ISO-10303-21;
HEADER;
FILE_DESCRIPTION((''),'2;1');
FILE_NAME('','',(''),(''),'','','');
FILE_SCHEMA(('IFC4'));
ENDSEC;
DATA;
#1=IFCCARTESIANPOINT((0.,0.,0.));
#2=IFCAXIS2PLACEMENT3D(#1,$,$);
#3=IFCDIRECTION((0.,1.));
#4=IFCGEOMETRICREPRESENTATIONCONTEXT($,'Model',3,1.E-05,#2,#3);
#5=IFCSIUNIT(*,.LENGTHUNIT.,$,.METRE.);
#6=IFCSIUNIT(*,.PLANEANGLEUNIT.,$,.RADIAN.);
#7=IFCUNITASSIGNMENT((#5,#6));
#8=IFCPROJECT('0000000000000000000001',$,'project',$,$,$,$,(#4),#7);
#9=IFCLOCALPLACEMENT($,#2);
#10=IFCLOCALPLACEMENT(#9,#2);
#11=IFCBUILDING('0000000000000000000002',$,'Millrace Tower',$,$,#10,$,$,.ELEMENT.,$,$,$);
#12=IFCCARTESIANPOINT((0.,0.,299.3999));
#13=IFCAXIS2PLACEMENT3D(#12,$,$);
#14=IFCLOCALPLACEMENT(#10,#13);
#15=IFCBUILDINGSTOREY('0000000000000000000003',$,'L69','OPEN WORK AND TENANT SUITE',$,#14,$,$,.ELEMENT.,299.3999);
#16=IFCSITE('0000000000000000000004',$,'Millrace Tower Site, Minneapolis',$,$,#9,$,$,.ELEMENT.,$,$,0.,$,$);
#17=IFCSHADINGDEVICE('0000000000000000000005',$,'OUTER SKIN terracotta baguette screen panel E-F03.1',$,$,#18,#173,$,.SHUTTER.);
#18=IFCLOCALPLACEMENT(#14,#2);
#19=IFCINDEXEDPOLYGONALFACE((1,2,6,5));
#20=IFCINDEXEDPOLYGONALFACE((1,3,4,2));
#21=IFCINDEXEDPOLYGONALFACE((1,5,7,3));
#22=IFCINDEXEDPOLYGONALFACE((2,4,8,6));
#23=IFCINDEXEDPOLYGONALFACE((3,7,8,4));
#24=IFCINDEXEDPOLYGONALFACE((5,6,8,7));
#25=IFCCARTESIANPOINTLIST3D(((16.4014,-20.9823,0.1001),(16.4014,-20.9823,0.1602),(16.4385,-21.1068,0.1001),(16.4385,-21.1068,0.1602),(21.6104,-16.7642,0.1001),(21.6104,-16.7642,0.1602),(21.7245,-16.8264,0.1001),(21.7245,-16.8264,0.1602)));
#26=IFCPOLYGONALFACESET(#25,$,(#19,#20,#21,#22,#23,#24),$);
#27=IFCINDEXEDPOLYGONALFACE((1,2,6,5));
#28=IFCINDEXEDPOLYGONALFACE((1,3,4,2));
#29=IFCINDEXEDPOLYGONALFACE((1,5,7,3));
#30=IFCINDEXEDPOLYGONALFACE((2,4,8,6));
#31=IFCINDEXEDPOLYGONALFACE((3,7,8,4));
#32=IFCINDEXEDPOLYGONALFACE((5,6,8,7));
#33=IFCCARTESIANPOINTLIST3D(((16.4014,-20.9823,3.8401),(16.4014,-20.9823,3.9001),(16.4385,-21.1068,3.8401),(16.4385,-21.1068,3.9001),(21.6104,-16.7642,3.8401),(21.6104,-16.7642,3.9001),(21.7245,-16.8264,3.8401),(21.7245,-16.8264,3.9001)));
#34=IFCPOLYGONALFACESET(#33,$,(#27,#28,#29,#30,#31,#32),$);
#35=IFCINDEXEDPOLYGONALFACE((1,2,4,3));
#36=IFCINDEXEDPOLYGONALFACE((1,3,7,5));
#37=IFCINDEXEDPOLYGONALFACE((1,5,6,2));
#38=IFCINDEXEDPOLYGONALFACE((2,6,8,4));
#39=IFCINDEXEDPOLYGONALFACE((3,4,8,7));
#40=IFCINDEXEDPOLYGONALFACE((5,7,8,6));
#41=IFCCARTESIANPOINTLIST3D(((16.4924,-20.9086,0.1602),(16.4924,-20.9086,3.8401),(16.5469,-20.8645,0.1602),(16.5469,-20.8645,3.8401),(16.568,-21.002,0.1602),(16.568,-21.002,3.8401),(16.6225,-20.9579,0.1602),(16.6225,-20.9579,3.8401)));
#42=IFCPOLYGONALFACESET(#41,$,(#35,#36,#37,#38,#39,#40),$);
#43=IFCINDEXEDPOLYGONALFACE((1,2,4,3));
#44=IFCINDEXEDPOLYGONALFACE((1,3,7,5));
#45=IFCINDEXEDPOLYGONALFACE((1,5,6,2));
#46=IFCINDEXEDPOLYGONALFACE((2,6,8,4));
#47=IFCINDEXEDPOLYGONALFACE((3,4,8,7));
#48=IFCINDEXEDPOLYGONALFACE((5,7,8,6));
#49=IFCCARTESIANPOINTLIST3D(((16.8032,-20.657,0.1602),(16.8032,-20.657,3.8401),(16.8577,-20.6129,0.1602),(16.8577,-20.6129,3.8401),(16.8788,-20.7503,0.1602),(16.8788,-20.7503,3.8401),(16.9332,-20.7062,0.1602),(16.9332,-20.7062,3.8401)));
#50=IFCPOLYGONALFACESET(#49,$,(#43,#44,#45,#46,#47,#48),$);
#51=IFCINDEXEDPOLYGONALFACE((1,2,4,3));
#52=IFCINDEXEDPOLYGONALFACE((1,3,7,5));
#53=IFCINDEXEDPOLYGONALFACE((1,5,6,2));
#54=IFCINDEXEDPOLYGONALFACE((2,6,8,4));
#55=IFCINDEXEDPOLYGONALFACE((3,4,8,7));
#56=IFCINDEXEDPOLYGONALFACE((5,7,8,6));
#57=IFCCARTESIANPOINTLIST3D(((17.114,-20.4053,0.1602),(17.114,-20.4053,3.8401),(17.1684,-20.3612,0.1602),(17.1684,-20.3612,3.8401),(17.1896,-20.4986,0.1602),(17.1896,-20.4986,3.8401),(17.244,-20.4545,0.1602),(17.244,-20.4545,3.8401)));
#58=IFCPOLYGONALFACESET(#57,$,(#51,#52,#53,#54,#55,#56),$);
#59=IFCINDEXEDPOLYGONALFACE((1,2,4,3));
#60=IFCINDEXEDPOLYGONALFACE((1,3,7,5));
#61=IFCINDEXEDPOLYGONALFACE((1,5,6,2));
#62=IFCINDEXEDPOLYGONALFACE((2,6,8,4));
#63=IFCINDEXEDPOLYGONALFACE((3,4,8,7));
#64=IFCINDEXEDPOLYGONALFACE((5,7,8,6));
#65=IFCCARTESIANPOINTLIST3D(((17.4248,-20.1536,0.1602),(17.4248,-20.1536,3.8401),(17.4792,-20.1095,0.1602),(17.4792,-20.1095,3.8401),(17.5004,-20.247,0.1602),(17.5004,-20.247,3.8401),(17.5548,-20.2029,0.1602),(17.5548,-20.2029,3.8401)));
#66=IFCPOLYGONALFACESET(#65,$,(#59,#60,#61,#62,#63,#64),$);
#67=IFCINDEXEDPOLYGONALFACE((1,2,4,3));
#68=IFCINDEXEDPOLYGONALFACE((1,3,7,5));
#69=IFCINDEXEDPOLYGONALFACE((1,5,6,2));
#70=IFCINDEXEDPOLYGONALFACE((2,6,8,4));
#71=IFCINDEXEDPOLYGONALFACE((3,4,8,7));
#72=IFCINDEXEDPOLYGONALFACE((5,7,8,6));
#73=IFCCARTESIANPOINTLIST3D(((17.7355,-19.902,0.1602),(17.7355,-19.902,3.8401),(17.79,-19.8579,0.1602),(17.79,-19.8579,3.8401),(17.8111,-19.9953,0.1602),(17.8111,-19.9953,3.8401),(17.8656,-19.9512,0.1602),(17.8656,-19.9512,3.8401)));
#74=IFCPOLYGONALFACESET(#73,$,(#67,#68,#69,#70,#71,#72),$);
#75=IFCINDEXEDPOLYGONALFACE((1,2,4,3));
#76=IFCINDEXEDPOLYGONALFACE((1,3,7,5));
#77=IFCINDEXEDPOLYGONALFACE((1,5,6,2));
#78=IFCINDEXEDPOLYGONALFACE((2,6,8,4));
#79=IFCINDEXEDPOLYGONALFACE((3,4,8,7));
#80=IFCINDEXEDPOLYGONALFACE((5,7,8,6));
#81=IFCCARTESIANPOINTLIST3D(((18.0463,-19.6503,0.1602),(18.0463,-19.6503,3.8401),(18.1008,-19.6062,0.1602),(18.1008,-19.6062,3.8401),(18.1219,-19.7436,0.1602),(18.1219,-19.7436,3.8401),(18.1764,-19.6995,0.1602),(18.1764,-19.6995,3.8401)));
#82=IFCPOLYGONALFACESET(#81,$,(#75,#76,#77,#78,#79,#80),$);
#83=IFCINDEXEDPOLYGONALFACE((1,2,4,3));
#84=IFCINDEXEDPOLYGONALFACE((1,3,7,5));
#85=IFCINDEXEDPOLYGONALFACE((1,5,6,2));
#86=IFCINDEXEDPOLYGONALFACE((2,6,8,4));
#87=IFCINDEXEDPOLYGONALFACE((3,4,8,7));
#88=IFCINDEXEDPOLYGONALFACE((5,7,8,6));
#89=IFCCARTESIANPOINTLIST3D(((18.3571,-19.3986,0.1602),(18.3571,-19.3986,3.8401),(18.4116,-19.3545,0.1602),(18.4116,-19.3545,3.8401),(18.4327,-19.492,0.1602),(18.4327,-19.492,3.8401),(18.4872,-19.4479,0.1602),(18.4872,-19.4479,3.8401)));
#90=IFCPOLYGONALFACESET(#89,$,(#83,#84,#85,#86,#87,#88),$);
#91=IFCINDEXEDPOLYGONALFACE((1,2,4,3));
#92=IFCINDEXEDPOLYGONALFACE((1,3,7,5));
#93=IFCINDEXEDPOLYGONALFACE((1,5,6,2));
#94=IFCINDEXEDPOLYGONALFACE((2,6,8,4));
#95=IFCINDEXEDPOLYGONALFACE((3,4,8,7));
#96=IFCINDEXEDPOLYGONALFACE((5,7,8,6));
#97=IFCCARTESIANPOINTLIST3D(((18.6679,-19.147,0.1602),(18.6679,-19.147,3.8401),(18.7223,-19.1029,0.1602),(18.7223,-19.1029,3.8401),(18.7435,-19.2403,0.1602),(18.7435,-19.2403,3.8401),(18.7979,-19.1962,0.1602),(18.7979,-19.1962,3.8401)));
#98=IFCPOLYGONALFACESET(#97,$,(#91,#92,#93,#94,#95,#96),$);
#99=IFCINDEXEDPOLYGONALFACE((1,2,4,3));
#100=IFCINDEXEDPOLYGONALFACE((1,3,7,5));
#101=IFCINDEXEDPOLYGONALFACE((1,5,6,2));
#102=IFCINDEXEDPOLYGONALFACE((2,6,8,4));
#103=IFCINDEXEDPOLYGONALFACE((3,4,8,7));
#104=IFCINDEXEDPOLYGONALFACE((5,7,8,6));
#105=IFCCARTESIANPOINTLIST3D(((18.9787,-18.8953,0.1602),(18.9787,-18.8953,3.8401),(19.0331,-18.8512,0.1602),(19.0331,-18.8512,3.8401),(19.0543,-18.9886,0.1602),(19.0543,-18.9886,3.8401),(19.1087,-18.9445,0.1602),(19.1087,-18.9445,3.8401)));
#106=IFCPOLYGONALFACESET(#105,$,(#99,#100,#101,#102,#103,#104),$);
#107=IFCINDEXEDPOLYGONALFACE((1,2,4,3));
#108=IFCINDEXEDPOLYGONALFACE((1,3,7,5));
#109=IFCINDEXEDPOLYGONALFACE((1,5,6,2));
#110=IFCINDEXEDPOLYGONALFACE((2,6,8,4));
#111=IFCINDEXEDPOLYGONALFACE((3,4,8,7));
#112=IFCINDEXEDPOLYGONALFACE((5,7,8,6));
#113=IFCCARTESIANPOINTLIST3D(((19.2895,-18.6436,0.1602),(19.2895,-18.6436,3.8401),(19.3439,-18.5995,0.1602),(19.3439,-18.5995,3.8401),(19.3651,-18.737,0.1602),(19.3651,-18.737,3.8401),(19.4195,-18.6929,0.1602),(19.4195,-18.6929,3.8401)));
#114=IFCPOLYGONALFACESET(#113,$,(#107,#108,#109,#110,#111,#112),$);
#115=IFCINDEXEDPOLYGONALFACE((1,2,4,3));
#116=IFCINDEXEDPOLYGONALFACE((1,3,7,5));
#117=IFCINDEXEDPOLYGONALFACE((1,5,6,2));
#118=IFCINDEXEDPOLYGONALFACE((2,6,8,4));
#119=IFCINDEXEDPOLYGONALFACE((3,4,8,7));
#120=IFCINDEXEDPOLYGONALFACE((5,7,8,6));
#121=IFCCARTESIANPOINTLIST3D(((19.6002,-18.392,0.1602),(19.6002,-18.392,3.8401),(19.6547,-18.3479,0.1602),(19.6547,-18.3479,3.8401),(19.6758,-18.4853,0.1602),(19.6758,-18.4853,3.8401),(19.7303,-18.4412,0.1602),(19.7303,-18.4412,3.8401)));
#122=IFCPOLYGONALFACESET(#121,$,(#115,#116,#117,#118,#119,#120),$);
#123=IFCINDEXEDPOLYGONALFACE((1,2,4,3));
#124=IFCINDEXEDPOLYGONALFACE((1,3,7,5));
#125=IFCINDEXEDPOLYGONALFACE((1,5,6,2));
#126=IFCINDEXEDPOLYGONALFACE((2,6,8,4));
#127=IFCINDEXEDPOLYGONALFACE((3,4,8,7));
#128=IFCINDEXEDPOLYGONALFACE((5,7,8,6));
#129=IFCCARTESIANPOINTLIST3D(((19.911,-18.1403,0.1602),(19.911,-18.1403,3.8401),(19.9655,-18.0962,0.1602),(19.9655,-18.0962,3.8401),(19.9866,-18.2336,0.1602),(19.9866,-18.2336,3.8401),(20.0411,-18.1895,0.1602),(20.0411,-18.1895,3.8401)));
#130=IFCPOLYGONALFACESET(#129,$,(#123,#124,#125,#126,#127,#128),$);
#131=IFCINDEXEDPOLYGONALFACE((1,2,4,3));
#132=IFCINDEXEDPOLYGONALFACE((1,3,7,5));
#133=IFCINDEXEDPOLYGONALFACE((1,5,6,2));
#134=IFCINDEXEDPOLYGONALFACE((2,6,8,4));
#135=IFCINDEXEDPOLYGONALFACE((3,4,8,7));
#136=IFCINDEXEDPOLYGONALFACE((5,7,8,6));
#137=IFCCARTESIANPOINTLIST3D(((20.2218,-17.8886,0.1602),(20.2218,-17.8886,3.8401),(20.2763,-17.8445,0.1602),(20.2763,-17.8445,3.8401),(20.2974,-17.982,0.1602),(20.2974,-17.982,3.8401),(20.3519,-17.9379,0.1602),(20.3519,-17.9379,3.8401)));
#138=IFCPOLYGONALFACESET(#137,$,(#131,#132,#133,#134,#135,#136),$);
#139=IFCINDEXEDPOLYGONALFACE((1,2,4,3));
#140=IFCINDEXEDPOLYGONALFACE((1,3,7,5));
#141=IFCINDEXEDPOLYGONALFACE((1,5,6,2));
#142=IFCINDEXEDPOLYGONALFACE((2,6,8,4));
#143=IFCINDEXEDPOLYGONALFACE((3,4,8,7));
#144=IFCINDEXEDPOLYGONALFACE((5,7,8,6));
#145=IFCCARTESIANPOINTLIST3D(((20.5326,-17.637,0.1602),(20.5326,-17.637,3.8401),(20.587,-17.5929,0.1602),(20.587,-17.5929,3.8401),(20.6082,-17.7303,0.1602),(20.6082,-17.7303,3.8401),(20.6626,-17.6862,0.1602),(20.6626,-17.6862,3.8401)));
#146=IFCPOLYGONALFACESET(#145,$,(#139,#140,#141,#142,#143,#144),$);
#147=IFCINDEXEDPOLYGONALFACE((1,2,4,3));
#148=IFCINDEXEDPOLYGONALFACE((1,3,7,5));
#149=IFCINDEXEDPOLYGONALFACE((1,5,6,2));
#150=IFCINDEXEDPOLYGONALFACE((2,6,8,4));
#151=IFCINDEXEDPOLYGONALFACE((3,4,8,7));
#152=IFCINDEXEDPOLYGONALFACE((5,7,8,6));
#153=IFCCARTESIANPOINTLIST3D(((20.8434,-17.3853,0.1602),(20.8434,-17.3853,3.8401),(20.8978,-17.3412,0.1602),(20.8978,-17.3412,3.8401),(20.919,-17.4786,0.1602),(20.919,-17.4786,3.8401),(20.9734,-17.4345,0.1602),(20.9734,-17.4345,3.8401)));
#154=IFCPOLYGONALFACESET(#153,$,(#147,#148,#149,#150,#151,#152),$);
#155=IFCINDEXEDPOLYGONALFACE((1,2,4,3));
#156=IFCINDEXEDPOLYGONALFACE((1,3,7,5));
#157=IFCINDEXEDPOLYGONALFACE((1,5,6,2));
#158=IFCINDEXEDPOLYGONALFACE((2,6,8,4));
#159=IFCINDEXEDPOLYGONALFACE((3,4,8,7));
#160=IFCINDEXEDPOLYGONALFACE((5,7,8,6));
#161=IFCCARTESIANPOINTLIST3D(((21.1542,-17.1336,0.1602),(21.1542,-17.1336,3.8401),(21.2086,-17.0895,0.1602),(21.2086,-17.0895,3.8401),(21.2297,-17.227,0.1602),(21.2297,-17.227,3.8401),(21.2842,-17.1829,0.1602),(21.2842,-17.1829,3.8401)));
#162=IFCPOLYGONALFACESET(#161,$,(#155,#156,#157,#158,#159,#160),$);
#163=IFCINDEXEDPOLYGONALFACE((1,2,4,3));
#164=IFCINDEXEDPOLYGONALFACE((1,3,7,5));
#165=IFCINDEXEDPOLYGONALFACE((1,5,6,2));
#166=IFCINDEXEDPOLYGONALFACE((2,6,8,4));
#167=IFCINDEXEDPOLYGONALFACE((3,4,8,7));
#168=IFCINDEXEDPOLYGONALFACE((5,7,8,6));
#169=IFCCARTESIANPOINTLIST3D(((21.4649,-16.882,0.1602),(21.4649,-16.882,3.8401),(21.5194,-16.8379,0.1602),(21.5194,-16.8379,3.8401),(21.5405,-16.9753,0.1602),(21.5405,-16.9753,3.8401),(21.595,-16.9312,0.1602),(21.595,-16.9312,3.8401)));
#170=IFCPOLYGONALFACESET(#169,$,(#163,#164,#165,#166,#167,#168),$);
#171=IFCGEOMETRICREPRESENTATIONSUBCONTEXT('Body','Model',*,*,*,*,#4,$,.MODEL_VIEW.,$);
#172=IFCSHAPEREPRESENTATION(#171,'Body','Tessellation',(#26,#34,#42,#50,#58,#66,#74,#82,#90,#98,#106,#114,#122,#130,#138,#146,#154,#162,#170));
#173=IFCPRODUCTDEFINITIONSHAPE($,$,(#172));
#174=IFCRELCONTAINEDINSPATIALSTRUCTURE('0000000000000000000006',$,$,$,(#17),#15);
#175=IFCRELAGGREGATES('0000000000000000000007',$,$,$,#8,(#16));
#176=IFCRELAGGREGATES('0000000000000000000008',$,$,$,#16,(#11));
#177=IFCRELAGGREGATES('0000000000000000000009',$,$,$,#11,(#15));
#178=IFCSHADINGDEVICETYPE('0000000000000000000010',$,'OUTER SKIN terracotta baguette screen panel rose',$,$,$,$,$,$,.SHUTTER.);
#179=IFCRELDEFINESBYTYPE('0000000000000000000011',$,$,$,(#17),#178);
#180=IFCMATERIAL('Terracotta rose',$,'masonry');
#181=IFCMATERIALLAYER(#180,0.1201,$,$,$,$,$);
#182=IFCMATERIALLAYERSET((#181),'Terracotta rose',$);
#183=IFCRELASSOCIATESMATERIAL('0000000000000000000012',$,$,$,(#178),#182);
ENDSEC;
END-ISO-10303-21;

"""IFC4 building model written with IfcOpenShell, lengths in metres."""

from ifc_helpers import new_model, entity, si_unit, direction, frame, frame_2d, origin, origin_2d, place, context, subcontext, project, spatial, rectangle, extrude, source, transform, mapped, material, layer, layer_set, type_object, element, save


model = new_model("IFC4")

# Units and contexts
model_context = context("Model", 3, precision=1e-05, world=origin(), true_north=direction((0.0, 1.0)))
body_context = subcontext(model_context, "Body", "Model", "MODEL_VIEW")
ifc_project = project(units=[si_unit("LENGTHUNIT", "METRE"), si_unit("PLANEANGLEUNIT", "RADIAN")], contexts=[model_context])

# Site, building, storey
site_placement = place(None, origin())
site = spatial("IfcSite", under=ifc_project, at=site_placement, Name="Millrace Tower Site, Minneapolis", CompositionType="ELEMENT", RefElevation=0.0)
building_placement = place(site_placement, origin())
building = spatial("IfcBuilding", under=site, at=building_placement, Name="Millrace Tower", CompositionType="ELEMENT")
storey_placement = place(building_placement, frame((0.0, 0.0, 299.3999)))
storey = spatial("IfcBuildingStorey", under=building, at=storey_placement, Name="L69", Description="OPEN WORK AND TENANT SUITE", CompositionType="ELEMENT", Elevation=299.3999)

# Shading device
ifc_material_1 = material(Name="Terracotta rose", Category="masonry")
ifc_layer_1 = layer(ifc_material_1, 0.1201)
ifc_layer_set_1 = layer_set([ifc_layer_1], Name="Terracotta rose")
shading_device_type = type_object("IfcShadingDeviceType", Name="OUTER SKIN terracotta baguette screen panel rose", PredefinedType="SHUTTER", material=ifc_layer_set_1)
cartesian_point_1 = entity("IfcCartesianPoint", [-3.3513, 0.0601])
shared_polyline_1 = entity("IfcPolyline", [cartesian_point_1, entity("IfcCartesianPoint", [3.3513, 0.0601]), entity("IfcCartesianPoint", [3.4009, -0.0601]), entity("IfcCartesianPoint", [-3.4009, -0.0601]), cartesian_point_1])
shared_shape_1 = source(origin(), body_context, "Body", "SweptSolid", [
    entity("IfcExtrudedAreaSolid", entity("IfcArbitraryClosedProfileDef", "AREA", None, shared_polyline_1), entity("IfcAxis2Placement3D", entity("IfcCartesianPoint", [0.0, 0.0, 0.0])), entity("IfcDirection", [0.0, 0.0, 1.0]), 0.0601),
    entity("IfcExtrudedAreaSolid", entity("IfcArbitraryClosedProfileDef", "AREA", None, shared_polyline_1), entity("IfcAxis2Placement3D", entity("IfcCartesianPoint", [0.0, 0.0, 3.74])), entity("IfcDirection", [0.0, 0.0, 1.0]), 0.0601),
    extrude(rectangle(XDim=0.0701, YDim=0.1201, at=frame_2d((-3.1992, 0.0))), frame((0.0, 0.0, 0.0601)), (0.0, 0.0, 1.0), 3.6799),
    extrude(rectangle(XDim=0.0701, YDim=0.1201, at=frame_2d((-2.7993, 0.0))), frame((0.0, 0.0, 0.0601)), (0.0, 0.0, 1.0), 3.6799),
    extrude(rectangle(XDim=0.0701, YDim=0.1201, at=frame_2d((-2.3994, 0.0))), frame((0.0, 0.0, 0.0601)), (0.0, 0.0, 1.0), 3.6799),
    extrude(rectangle(XDim=0.0701, YDim=0.1201, at=frame_2d((-1.9995, 0.0))), frame((0.0, 0.0, 0.0601)), (0.0, 0.0, 1.0), 3.6799),
    extrude(rectangle(XDim=0.0701, YDim=0.1201, at=frame_2d((-1.5996, 0.0))), frame((0.0, 0.0, 0.0601)), (0.0, 0.0, 1.0), 3.6799),
    extrude(rectangle(XDim=0.0701, YDim=0.1201, at=frame_2d((-1.1997, 0.0))), frame((0.0, 0.0, 0.0601)), (0.0, 0.0, 1.0), 3.6799),
    extrude(rectangle(XDim=0.0701, YDim=0.1201, at=frame_2d((-0.7998, 0.0))), frame((0.0, 0.0, 0.0601)), (0.0, 0.0, 1.0), 3.6799),
    extrude(rectangle(XDim=0.0701, YDim=0.1201, at=frame_2d((-0.3999, 0.0))), frame((0.0, 0.0, 0.0601)), (0.0, 0.0, 1.0), 3.6799),
    extrude(rectangle(XDim=0.0701, YDim=0.1201, at=origin_2d()), frame((0.0, 0.0, 0.0601)), (0.0, 0.0, 1.0), 3.6799),
    extrude(rectangle(XDim=0.0701, YDim=0.1201, at=frame_2d((0.3999, 0.0))), frame((0.0, 0.0, 0.0601)), (0.0, 0.0, 1.0), 3.6799),
    extrude(rectangle(XDim=0.0701, YDim=0.1201, at=frame_2d((0.7998, 0.0))), frame((0.0, 0.0, 0.0601)), (0.0, 0.0, 1.0), 3.6799),
    extrude(rectangle(XDim=0.0701, YDim=0.1201, at=frame_2d((1.1997, 0.0))), frame((0.0, 0.0, 0.0601)), (0.0, 0.0, 1.0), 3.6799),
    extrude(rectangle(XDim=0.0701, YDim=0.1201, at=frame_2d((1.5996, 0.0))), frame((0.0, 0.0, 0.0601)), (0.0, 0.0, 1.0), 3.6799),
    extrude(rectangle(XDim=0.0701, YDim=0.1201, at=frame_2d((1.9995, 0.0))), frame((0.0, 0.0, 0.0601)), (0.0, 0.0, 1.0), 3.6799),
    extrude(rectangle(XDim=0.0701, YDim=0.1201, at=frame_2d((2.3994, 0.0))), frame((0.0, 0.0, 0.0601)), (0.0, 0.0, 1.0), 3.6799),
    extrude(rectangle(XDim=0.0701, YDim=0.1201, at=frame_2d((2.7993, 0.0))), frame((0.0, 0.0, 0.0601)), (0.0, 0.0, 1.0), 3.6799),
    extrude(rectangle(XDim=0.0701, YDim=0.1201, at=frame_2d((3.1992, 0.0))), frame((0.0, 0.0, 0.0601)), (0.0, 0.0, 1.0), 3.6799),
])
shading_device_1_placement = place(storey_placement, frame((19.0437, -18.9199, 0.1001), z_axis=(0.0, 0.0, 1.0), x_axis=(0.777146, 0.62932, 0.0)))
element("IfcShadingDevice", 1, at=shading_device_1_placement, inside=storey, type_object=shading_device_type, Name="OUTER SKIN terracotta baguette screen panel E-F03.1", PredefinedType="SHUTTER", context=body_context, shape_type="MappedRepresentation", body=[
    mapped(shared_shape_1, transform((0.0, 0.0, 0.0), scale=1.0)),
])

save(model, "model.ifc")
